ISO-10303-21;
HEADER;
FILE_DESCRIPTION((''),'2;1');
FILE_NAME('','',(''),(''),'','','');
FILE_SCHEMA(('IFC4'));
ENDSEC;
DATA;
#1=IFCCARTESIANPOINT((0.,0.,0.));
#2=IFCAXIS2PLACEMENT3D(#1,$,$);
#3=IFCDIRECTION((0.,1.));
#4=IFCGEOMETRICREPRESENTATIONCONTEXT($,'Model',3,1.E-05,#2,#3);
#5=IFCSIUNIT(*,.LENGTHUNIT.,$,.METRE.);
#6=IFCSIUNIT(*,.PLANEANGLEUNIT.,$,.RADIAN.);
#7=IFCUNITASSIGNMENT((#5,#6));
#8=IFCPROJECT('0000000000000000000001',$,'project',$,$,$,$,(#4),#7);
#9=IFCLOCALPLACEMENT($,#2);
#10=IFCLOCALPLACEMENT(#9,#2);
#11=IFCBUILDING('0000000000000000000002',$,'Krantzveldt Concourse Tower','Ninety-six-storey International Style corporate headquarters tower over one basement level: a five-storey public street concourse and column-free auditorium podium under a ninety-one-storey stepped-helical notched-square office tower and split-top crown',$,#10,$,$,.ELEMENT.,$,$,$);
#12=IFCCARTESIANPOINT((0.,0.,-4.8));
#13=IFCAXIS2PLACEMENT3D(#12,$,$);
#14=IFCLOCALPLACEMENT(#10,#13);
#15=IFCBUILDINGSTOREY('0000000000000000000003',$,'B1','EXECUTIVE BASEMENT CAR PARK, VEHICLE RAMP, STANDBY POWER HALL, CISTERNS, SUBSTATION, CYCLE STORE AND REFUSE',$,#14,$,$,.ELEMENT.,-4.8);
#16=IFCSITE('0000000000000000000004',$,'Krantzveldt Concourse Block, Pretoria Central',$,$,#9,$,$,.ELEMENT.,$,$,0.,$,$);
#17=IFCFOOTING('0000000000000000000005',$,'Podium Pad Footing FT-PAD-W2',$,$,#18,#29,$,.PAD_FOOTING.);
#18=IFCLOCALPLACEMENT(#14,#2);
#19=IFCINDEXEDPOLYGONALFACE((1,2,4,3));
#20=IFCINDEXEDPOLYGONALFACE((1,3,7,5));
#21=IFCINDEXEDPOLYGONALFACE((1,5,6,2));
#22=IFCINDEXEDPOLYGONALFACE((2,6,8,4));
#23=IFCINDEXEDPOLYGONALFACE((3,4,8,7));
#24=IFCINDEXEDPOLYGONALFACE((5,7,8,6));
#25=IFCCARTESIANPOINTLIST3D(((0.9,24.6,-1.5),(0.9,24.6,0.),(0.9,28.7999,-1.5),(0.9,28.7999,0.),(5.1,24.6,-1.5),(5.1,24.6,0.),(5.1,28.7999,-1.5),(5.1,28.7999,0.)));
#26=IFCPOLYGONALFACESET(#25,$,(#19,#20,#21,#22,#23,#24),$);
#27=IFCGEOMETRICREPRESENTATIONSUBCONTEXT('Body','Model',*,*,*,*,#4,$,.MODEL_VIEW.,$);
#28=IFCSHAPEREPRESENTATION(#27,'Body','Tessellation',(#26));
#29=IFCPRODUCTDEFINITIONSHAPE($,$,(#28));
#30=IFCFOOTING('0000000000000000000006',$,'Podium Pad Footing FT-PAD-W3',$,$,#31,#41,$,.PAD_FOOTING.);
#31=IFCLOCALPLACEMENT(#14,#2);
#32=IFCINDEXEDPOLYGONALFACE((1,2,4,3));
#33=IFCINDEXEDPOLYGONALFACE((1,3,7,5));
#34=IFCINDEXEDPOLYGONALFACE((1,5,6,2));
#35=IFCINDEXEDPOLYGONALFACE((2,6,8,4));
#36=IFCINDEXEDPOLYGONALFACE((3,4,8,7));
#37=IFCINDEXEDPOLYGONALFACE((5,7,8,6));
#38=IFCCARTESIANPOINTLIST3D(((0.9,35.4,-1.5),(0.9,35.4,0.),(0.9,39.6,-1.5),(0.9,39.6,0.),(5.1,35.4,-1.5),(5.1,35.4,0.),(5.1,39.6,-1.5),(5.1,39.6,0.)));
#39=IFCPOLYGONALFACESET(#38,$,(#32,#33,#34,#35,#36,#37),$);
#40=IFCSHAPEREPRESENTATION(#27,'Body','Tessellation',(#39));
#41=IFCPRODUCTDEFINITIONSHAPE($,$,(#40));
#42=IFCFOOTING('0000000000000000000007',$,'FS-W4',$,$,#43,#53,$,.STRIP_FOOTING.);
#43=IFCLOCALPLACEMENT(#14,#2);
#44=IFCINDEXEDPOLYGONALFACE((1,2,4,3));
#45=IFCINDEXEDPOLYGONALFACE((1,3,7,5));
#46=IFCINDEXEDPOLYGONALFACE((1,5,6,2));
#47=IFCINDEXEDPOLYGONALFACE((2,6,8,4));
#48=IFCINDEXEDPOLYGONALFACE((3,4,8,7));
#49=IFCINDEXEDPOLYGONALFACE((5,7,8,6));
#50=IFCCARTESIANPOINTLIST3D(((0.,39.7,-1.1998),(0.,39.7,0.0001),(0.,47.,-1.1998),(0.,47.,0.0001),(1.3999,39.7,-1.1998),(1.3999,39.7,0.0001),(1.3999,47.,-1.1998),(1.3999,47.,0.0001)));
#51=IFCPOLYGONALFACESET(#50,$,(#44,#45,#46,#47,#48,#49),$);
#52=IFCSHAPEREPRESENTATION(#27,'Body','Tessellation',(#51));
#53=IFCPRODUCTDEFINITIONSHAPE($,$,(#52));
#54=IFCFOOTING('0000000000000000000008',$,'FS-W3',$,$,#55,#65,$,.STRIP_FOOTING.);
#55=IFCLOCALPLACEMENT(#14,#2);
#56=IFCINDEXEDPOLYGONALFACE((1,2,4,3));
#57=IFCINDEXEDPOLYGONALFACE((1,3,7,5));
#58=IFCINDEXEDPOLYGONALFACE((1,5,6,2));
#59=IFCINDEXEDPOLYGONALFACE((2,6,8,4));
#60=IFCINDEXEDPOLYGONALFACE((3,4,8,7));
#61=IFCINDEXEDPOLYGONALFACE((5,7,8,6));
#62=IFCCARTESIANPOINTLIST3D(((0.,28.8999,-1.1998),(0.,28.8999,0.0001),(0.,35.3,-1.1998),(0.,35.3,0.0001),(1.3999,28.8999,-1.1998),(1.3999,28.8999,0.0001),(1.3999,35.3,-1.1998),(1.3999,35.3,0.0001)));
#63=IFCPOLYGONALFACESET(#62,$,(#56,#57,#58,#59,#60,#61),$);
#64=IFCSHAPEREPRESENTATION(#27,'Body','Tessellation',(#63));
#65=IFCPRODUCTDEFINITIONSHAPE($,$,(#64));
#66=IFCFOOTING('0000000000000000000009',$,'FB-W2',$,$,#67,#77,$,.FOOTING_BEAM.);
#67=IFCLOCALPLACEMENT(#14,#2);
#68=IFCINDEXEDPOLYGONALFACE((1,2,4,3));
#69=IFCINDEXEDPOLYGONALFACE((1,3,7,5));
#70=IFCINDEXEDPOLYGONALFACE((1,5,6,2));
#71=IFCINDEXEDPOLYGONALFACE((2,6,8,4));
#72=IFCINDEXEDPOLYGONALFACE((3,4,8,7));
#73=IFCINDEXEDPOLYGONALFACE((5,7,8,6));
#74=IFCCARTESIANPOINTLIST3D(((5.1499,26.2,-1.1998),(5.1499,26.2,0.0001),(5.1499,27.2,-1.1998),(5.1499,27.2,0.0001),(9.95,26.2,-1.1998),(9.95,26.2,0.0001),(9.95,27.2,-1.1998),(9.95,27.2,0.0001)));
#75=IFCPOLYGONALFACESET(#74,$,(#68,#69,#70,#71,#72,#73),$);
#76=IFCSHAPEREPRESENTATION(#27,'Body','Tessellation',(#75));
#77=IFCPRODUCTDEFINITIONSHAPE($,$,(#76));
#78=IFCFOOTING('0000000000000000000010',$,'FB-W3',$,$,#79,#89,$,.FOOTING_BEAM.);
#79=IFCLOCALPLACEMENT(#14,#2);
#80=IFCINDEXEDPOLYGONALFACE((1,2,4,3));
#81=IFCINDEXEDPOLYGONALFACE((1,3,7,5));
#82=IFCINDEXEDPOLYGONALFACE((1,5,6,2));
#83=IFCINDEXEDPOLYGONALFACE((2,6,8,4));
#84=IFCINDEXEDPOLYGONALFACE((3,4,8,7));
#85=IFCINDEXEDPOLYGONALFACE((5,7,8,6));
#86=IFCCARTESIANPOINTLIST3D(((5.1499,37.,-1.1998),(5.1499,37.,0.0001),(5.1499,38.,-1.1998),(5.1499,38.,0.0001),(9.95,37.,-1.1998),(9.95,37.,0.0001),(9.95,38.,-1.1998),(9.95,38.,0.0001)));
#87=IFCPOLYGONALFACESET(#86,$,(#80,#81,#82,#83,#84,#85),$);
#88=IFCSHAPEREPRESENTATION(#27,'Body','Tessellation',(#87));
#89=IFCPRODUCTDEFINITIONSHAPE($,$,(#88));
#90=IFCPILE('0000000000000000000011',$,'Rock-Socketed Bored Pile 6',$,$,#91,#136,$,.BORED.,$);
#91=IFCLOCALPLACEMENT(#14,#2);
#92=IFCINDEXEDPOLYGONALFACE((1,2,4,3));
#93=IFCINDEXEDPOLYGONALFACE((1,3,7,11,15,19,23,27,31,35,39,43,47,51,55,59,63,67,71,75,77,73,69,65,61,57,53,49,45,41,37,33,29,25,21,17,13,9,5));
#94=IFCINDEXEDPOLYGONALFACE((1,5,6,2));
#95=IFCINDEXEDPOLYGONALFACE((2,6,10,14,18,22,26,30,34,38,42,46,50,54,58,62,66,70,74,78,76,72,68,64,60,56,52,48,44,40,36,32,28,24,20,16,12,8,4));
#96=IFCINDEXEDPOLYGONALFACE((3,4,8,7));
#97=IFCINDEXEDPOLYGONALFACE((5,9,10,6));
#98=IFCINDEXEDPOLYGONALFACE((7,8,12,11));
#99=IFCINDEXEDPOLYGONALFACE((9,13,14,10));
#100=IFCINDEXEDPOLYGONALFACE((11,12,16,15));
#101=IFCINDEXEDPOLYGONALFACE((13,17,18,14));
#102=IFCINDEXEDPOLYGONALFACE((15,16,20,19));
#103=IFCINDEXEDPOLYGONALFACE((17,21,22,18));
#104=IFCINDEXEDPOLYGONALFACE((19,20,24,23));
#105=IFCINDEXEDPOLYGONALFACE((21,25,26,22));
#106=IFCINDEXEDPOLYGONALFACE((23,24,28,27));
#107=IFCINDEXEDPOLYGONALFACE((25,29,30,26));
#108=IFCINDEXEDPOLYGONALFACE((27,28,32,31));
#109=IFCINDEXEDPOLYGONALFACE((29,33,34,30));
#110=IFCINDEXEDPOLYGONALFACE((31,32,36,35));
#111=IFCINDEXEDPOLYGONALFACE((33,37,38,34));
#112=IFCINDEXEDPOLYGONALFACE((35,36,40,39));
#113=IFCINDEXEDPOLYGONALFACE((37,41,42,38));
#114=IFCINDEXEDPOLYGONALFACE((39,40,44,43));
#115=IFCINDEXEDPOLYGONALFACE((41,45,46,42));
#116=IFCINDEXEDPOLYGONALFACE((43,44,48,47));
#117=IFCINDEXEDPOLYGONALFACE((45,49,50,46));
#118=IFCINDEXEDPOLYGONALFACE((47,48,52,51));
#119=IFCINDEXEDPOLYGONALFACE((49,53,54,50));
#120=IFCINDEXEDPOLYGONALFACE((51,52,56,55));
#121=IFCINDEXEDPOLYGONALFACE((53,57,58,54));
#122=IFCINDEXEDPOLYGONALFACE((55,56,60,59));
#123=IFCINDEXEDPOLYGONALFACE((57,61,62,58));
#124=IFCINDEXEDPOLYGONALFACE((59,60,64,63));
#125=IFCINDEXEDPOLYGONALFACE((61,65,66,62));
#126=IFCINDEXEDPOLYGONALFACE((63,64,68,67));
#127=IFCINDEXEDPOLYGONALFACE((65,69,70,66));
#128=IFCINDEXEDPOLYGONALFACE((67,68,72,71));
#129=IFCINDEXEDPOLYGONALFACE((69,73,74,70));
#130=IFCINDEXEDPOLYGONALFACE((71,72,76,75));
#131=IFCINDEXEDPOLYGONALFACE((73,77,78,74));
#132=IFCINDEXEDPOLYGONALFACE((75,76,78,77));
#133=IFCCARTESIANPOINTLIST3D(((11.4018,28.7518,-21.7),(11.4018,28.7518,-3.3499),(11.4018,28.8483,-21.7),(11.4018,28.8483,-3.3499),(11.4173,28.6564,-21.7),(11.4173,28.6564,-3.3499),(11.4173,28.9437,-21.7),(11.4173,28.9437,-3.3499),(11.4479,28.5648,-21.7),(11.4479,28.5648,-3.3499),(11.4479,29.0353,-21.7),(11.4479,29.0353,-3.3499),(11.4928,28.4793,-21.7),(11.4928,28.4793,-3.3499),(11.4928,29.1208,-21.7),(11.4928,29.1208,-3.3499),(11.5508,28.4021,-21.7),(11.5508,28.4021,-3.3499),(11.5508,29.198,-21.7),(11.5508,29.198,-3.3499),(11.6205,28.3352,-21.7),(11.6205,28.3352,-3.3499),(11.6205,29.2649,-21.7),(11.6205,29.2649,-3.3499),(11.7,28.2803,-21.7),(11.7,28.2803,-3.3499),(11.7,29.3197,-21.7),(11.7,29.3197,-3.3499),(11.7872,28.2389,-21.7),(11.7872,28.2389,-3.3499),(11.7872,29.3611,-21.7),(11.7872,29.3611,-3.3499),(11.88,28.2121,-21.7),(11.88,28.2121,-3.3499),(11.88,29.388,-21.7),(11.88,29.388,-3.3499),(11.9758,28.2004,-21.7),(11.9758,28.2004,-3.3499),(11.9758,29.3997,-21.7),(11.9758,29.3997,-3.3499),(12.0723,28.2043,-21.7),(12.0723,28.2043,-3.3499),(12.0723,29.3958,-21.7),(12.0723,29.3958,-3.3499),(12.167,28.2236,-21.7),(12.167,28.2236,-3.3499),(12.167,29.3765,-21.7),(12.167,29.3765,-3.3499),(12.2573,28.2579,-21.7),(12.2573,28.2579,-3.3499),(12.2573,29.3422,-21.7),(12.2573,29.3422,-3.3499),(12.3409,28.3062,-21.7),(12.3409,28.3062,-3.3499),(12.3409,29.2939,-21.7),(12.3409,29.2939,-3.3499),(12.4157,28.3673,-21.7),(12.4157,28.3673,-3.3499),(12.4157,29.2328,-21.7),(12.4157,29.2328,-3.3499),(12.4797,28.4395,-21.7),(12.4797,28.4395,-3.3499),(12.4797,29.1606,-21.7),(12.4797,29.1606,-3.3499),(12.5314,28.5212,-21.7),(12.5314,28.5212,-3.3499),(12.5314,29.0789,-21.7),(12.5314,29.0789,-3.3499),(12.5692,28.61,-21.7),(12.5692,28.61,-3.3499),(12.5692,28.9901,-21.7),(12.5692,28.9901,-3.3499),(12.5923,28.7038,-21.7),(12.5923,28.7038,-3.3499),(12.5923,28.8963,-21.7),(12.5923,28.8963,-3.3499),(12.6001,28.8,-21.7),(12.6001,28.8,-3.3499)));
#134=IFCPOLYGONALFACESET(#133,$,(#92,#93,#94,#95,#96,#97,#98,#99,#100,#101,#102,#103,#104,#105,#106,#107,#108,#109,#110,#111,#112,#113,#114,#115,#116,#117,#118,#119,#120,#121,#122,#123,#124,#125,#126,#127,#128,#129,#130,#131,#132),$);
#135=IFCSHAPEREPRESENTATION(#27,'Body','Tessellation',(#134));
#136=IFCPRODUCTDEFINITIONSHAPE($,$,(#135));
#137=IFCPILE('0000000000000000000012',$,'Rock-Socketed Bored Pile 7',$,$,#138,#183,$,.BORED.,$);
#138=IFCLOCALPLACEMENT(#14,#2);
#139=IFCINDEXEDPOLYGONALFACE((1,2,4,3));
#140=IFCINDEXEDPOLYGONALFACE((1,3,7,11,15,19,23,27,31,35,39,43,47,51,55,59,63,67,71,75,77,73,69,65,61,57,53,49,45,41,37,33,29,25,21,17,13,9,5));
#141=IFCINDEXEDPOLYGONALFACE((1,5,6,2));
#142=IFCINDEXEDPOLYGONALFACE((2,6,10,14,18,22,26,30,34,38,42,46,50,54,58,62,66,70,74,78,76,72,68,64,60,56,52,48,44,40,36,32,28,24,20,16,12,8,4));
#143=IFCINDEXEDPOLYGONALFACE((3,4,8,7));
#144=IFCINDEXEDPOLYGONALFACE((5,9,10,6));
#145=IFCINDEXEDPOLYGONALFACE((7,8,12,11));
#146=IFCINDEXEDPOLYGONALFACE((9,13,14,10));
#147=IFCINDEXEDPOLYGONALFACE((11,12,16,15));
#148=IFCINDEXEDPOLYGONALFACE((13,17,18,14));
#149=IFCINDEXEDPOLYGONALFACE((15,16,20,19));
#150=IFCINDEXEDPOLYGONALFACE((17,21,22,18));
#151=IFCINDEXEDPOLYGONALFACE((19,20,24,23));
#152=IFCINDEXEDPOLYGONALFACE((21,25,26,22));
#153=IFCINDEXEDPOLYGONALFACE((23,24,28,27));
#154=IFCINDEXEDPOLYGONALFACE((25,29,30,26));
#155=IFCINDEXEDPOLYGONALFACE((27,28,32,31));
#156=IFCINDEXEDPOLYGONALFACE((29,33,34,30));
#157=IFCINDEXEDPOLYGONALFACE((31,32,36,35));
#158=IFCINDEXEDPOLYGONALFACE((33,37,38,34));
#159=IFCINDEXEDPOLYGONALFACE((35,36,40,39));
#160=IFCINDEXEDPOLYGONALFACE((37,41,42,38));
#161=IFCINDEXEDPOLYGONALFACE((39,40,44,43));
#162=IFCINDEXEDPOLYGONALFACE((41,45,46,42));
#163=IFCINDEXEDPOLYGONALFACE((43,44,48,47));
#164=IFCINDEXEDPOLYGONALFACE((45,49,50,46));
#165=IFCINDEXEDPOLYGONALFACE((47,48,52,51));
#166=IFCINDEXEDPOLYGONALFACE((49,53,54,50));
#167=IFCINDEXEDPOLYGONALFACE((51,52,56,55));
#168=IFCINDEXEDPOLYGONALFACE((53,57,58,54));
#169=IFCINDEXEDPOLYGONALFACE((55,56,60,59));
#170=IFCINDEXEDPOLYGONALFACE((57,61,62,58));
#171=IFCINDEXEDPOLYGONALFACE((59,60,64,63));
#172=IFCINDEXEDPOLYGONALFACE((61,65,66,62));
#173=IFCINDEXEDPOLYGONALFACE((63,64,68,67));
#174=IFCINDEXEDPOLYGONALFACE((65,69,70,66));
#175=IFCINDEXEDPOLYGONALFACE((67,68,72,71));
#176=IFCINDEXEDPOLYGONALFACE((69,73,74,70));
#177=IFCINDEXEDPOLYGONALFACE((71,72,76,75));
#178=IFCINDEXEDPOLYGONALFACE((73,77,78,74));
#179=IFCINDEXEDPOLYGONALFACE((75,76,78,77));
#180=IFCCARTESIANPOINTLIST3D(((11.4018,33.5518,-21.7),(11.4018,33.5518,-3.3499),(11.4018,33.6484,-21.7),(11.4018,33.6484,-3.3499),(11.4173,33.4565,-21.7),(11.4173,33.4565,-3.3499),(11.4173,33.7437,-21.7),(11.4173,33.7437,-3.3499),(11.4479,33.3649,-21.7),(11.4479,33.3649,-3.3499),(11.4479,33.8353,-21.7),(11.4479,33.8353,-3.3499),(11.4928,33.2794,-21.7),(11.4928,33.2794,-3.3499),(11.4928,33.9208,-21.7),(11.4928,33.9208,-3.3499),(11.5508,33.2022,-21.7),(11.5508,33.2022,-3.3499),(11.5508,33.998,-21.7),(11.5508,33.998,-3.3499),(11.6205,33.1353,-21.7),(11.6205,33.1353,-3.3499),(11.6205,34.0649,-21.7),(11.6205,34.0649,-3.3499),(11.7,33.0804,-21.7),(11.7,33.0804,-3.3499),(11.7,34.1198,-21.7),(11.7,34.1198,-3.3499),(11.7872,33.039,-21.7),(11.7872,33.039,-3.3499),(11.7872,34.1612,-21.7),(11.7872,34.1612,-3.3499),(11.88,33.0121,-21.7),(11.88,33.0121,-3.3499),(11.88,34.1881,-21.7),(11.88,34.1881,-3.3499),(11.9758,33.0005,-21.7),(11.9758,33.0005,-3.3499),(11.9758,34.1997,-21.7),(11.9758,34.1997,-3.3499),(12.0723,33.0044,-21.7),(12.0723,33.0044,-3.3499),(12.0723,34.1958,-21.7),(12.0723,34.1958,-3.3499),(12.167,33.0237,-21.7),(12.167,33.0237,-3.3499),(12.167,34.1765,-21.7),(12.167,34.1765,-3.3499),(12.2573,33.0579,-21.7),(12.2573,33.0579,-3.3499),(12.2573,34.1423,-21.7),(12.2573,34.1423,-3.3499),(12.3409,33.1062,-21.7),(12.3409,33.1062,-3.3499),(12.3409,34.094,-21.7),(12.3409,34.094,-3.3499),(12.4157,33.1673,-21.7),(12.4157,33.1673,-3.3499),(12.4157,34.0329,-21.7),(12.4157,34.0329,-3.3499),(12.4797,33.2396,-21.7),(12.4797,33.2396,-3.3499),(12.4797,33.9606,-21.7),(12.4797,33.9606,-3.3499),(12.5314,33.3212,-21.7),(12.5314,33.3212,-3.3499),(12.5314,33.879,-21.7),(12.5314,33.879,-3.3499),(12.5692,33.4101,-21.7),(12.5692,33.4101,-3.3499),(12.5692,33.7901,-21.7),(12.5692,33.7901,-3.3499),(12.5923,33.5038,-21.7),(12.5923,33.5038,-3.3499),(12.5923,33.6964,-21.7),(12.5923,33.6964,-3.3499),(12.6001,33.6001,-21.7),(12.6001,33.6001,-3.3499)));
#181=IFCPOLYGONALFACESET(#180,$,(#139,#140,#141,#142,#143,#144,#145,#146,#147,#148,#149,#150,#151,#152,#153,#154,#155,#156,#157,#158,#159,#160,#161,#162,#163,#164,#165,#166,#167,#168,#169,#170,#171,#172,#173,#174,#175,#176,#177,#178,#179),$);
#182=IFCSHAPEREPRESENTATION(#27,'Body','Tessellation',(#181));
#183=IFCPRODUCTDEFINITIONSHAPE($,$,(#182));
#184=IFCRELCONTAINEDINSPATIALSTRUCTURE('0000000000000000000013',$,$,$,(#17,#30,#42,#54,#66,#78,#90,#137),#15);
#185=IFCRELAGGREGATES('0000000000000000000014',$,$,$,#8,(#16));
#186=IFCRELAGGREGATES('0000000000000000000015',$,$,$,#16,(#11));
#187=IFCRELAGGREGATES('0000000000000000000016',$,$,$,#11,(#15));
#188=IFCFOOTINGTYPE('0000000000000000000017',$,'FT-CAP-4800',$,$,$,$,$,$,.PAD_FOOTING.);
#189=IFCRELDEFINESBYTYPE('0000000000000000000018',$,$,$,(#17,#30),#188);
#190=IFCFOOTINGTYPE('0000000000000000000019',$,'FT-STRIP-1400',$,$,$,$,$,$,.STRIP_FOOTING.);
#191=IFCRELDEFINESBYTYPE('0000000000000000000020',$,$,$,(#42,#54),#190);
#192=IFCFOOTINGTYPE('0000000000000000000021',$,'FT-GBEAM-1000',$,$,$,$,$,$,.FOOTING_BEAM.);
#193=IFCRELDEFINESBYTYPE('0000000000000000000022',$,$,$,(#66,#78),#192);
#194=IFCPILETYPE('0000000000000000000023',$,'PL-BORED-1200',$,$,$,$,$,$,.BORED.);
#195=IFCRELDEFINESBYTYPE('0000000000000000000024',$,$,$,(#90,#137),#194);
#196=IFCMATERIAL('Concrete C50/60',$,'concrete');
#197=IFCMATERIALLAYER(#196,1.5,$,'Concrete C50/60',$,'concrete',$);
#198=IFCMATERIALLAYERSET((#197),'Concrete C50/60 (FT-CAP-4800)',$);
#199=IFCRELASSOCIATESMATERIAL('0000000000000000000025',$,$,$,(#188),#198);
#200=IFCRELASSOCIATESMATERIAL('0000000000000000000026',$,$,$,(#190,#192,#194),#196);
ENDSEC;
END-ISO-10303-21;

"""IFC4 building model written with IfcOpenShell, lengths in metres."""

from ifc_helpers import new_model, si_unit, direction, frame, origin, origin_2d, place, context, subcontext, project, spatial, rectangle, circle, extrude, source, transform, mapped, material, layer, layer_set, material_profile, profile_set, type_object, type_shapes, element, save


model = new_model("IFC4")

# Units and contexts
model_context = context("Model", 3, precision=1e-05, world=origin(), true_north=direction((0.0, 1.0)))
body_context = subcontext(model_context, "Body", "Model", "MODEL_VIEW")
ifc_project = project(units=[si_unit("LENGTHUNIT", "METRE"), si_unit("PLANEANGLEUNIT", "RADIAN")], contexts=[model_context])

# Site, building, storey
site_placement = place(None, origin())
site = spatial("IfcSite", under=ifc_project, at=site_placement, Name="Krantzveldt Concourse Block, Pretoria Central", CompositionType="ELEMENT", RefElevation=0.0)
building_placement = place(site_placement, origin())
building = spatial("IfcBuilding", under=site, at=building_placement, Name="Krantzveldt Concourse Tower", Description="Ninety-six-storey International Style corporate headquarters tower over one basement level: a five-storey public street concourse and column-free auditorium podium under a ninety-one-storey stepped-helical notched-square office tower and split-top crown", CompositionType="ELEMENT")
storey_placement = place(building_placement, frame((0.0, 0.0, -4.8)))
storey = spatial("IfcBuildingStorey", under=building, at=storey_placement, Name="B1", Description="EXECUTIVE BASEMENT CAR PARK, VEHICLE RAMP, STANDBY POWER HALL, CISTERNS, SUBSTATION, CYCLE STORE AND REFUSE", CompositionType="ELEMENT", Elevation=-4.8)

# Footings
ifc_material_1 = material(Name="Concrete C50/60", Category="concrete")
ifc_layer_1 = layer(ifc_material_1, 1.5, Name="Concrete C50/60", Category="concrete")
ifc_layer_set_1 = layer_set([ifc_layer_1], Name="Concrete C50/60 (FT-CAP-4800)")
footing_type_1 = type_object("IfcFootingType", Name="FT-CAP-4800", PredefinedType="PAD_FOOTING", material=ifc_layer_set_1)
shared_shape_1 = source(origin(), body_context, "Body", "SweptSolid", [
    extrude(rectangle(XDim=4.2, YDim=4.2, at=origin_2d()), origin(), (0.0, 0.0, 1.0), 1.5),
])
type_shapes(footing_type_1, [shared_shape_1])
for number, where, z_axis, x_axis, name in (
    (1, (3.0, 26.7, -1.5), (0.0, 0.0, 1.0), (1.0, 0.0, 0.0), "Podium Pad Footing FT-PAD-W2"),
    (2, (3.0, 37.5, -1.5), (0.0, 0.0, 1.0), (1.0, 0.0, 0.0), "Podium Pad Footing FT-PAD-W3"),
):
    element("IfcFooting", number, at=place(storey_placement, frame(where, z_axis=z_axis, x_axis=x_axis)), inside=storey, type_object=footing_type_1, Name=name, PredefinedType="PAD_FOOTING", context=body_context, shape_type="MappedRepresentation", body=[
        mapped(shared_shape_1, transform((0.0, 0.0, 0.0), x_axis=(1.0, 0.0, 0.0), y_axis=(0.0, 1.0, 0.0), z_axis=(0.0, 0.0, 1.0), scale=1.0)),
    ])
ifc_material_profile_1 = material_profile(ifc_material_1, rectangle(XDim=1.3999, YDim=1.2, at=origin_2d()), Name="Concrete C50/60", Category="concrete")
ifc_profile_set_1 = profile_set([ifc_material_profile_1], Name="Concrete C50/60 - STRIP 1400x1200")
footing_type_2 = type_object("IfcFootingType", Name="FT-STRIP-1400", PredefinedType="STRIP_FOOTING", material=ifc_profile_set_1)
shared_shape_2 = source(origin(), body_context, "Body", "SweptSolid", [
    extrude(rectangle(XDim=1.3999, YDim=1.2, at=origin_2d()), origin(), (0.0, 0.0, 1.0), 7.3),
])
footing_1_placement = place(storey_placement, frame((0.7, 39.7, -0.5999), z_axis=(0.0, 1.0, 0.0), x_axis=(-1.0, 0.0, 0.0)))
element("IfcFooting", 3, at=footing_1_placement, inside=storey, type_object=footing_type_2, Name="FS-W4", PredefinedType="STRIP_FOOTING", context=body_context, shape_type="MappedRepresentation", body=[
    mapped(shared_shape_2, transform((0.0, 0.0, 0.0), x_axis=(1.0, 0.0, 0.0), y_axis=(0.0, 1.0, 0.0), z_axis=(0.0, 0.0, 1.0), scale=1.0)),
])
shared_shape_3 = source(origin(), body_context, "Body", "SweptSolid", [
    extrude(rectangle(XDim=1.3999, YDim=1.2, at=origin_2d()), origin(), (0.0, 0.0, 1.0), 6.4001),
])
type_shapes(footing_type_2, [shared_shape_2, shared_shape_3])
footing_2_placement = place(storey_placement, frame((0.7, 28.8999, -0.5999), z_axis=(0.0, 1.0, 0.0), x_axis=(-1.0, 0.0, 0.0)))
element("IfcFooting", 4, at=footing_2_placement, inside=storey, type_object=footing_type_2, Name="FS-W3", PredefinedType="STRIP_FOOTING", context=body_context, shape_type="MappedRepresentation", body=[
    mapped(shared_shape_3, transform((0.0, 0.0, 0.0), x_axis=(1.0, 0.0, 0.0), y_axis=(0.0, 1.0, 0.0), z_axis=(0.0, 0.0, 1.0), scale=1.0)),
])
ifc_material_profile_2 = material_profile(ifc_material_1, rectangle(XDim=1.0, YDim=1.2, at=origin_2d()), Name="Concrete C50/60", Category="concrete")
ifc_profile_set_2 = profile_set([ifc_material_profile_2], Name="Concrete C50/60 - FBEAM 1000x1200")
footing_type_3 = type_object("IfcFootingType", Name="FT-GBEAM-1000", PredefinedType="FOOTING_BEAM", material=ifc_profile_set_2)
shared_shape_4 = source(origin(), body_context, "Body", "SweptSolid", [
    extrude(rectangle(XDim=1.0, YDim=1.2, at=origin_2d()), origin(), (0.0, 0.0, 1.0), 4.8),
])
type_shapes(footing_type_3, [shared_shape_4])
for number, where, z_axis, x_axis, name in (
    (5, (5.1499, 26.7, -0.5999), (1.0, 0.0, 0.0), (0.0, 1.0, 0.0), "FB-W2"),
    (6, (5.1499, 37.5, -0.5999), (1.0, 0.0, 0.0), (0.0, 1.0, 0.0), "FB-W3"),
):
    element("IfcFooting", number, at=place(storey_placement, frame(where, z_axis=z_axis, x_axis=x_axis)), inside=storey, type_object=footing_type_3, Name=name, PredefinedType="FOOTING_BEAM", context=body_context, shape_type="MappedRepresentation", body=[
        mapped(shared_shape_4, transform((0.0, 0.0, 0.0), x_axis=(1.0, 0.0, 0.0), y_axis=(0.0, 1.0, 0.0), z_axis=(0.0, 0.0, 1.0), scale=1.0)),
    ])

# Piles
ifc_material_profile_3 = material_profile(ifc_material_1, circle(Radius=0.6001, at=origin_2d()), Name="Concrete C50/60", Category="concrete")
ifc_profile_set_3 = profile_set([ifc_material_profile_3], Name="Concrete C50/60 - PILE D1200")
pile_type = type_object("IfcPileType", Name="PL-BORED-1200", PredefinedType="BORED", material=ifc_profile_set_3)
shared_shape_5 = source(origin(), body_context, "Body", "SweptSolid", [
    extrude(circle(Radius=0.6001, at=origin_2d()), origin(), (0.0, 0.0, 1.0), 18.3501),
])
type_shapes(pile_type, [shared_shape_5])
for number, where, z_axis, x_axis, name in (
    (7, (12.0, 28.8, -3.3499), (0.0, 0.0, -1.0), (1.0, 0.0, 0.0), "Rock-Socketed Bored Pile 6"),
    (8, (12.0, 33.6001, -3.3499), (0.0, 0.0, -1.0), (1.0, 0.0, 0.0), "Rock-Socketed Bored Pile 7"),
):
    element("IfcPile", number, at=place(storey_placement, frame(where, z_axis=z_axis, x_axis=x_axis)), inside=storey, type_object=pile_type, Name=name, PredefinedType="BORED", context=body_context, shape_type="MappedRepresentation", body=[
        mapped(shared_shape_5, transform((0.0, 0.0, 0.0), x_axis=(1.0, 0.0, 0.0), y_axis=(0.0, 1.0, 0.0), z_axis=(0.0, 0.0, 1.0), scale=1.0)),
    ])

save(model, "model.ifc")
